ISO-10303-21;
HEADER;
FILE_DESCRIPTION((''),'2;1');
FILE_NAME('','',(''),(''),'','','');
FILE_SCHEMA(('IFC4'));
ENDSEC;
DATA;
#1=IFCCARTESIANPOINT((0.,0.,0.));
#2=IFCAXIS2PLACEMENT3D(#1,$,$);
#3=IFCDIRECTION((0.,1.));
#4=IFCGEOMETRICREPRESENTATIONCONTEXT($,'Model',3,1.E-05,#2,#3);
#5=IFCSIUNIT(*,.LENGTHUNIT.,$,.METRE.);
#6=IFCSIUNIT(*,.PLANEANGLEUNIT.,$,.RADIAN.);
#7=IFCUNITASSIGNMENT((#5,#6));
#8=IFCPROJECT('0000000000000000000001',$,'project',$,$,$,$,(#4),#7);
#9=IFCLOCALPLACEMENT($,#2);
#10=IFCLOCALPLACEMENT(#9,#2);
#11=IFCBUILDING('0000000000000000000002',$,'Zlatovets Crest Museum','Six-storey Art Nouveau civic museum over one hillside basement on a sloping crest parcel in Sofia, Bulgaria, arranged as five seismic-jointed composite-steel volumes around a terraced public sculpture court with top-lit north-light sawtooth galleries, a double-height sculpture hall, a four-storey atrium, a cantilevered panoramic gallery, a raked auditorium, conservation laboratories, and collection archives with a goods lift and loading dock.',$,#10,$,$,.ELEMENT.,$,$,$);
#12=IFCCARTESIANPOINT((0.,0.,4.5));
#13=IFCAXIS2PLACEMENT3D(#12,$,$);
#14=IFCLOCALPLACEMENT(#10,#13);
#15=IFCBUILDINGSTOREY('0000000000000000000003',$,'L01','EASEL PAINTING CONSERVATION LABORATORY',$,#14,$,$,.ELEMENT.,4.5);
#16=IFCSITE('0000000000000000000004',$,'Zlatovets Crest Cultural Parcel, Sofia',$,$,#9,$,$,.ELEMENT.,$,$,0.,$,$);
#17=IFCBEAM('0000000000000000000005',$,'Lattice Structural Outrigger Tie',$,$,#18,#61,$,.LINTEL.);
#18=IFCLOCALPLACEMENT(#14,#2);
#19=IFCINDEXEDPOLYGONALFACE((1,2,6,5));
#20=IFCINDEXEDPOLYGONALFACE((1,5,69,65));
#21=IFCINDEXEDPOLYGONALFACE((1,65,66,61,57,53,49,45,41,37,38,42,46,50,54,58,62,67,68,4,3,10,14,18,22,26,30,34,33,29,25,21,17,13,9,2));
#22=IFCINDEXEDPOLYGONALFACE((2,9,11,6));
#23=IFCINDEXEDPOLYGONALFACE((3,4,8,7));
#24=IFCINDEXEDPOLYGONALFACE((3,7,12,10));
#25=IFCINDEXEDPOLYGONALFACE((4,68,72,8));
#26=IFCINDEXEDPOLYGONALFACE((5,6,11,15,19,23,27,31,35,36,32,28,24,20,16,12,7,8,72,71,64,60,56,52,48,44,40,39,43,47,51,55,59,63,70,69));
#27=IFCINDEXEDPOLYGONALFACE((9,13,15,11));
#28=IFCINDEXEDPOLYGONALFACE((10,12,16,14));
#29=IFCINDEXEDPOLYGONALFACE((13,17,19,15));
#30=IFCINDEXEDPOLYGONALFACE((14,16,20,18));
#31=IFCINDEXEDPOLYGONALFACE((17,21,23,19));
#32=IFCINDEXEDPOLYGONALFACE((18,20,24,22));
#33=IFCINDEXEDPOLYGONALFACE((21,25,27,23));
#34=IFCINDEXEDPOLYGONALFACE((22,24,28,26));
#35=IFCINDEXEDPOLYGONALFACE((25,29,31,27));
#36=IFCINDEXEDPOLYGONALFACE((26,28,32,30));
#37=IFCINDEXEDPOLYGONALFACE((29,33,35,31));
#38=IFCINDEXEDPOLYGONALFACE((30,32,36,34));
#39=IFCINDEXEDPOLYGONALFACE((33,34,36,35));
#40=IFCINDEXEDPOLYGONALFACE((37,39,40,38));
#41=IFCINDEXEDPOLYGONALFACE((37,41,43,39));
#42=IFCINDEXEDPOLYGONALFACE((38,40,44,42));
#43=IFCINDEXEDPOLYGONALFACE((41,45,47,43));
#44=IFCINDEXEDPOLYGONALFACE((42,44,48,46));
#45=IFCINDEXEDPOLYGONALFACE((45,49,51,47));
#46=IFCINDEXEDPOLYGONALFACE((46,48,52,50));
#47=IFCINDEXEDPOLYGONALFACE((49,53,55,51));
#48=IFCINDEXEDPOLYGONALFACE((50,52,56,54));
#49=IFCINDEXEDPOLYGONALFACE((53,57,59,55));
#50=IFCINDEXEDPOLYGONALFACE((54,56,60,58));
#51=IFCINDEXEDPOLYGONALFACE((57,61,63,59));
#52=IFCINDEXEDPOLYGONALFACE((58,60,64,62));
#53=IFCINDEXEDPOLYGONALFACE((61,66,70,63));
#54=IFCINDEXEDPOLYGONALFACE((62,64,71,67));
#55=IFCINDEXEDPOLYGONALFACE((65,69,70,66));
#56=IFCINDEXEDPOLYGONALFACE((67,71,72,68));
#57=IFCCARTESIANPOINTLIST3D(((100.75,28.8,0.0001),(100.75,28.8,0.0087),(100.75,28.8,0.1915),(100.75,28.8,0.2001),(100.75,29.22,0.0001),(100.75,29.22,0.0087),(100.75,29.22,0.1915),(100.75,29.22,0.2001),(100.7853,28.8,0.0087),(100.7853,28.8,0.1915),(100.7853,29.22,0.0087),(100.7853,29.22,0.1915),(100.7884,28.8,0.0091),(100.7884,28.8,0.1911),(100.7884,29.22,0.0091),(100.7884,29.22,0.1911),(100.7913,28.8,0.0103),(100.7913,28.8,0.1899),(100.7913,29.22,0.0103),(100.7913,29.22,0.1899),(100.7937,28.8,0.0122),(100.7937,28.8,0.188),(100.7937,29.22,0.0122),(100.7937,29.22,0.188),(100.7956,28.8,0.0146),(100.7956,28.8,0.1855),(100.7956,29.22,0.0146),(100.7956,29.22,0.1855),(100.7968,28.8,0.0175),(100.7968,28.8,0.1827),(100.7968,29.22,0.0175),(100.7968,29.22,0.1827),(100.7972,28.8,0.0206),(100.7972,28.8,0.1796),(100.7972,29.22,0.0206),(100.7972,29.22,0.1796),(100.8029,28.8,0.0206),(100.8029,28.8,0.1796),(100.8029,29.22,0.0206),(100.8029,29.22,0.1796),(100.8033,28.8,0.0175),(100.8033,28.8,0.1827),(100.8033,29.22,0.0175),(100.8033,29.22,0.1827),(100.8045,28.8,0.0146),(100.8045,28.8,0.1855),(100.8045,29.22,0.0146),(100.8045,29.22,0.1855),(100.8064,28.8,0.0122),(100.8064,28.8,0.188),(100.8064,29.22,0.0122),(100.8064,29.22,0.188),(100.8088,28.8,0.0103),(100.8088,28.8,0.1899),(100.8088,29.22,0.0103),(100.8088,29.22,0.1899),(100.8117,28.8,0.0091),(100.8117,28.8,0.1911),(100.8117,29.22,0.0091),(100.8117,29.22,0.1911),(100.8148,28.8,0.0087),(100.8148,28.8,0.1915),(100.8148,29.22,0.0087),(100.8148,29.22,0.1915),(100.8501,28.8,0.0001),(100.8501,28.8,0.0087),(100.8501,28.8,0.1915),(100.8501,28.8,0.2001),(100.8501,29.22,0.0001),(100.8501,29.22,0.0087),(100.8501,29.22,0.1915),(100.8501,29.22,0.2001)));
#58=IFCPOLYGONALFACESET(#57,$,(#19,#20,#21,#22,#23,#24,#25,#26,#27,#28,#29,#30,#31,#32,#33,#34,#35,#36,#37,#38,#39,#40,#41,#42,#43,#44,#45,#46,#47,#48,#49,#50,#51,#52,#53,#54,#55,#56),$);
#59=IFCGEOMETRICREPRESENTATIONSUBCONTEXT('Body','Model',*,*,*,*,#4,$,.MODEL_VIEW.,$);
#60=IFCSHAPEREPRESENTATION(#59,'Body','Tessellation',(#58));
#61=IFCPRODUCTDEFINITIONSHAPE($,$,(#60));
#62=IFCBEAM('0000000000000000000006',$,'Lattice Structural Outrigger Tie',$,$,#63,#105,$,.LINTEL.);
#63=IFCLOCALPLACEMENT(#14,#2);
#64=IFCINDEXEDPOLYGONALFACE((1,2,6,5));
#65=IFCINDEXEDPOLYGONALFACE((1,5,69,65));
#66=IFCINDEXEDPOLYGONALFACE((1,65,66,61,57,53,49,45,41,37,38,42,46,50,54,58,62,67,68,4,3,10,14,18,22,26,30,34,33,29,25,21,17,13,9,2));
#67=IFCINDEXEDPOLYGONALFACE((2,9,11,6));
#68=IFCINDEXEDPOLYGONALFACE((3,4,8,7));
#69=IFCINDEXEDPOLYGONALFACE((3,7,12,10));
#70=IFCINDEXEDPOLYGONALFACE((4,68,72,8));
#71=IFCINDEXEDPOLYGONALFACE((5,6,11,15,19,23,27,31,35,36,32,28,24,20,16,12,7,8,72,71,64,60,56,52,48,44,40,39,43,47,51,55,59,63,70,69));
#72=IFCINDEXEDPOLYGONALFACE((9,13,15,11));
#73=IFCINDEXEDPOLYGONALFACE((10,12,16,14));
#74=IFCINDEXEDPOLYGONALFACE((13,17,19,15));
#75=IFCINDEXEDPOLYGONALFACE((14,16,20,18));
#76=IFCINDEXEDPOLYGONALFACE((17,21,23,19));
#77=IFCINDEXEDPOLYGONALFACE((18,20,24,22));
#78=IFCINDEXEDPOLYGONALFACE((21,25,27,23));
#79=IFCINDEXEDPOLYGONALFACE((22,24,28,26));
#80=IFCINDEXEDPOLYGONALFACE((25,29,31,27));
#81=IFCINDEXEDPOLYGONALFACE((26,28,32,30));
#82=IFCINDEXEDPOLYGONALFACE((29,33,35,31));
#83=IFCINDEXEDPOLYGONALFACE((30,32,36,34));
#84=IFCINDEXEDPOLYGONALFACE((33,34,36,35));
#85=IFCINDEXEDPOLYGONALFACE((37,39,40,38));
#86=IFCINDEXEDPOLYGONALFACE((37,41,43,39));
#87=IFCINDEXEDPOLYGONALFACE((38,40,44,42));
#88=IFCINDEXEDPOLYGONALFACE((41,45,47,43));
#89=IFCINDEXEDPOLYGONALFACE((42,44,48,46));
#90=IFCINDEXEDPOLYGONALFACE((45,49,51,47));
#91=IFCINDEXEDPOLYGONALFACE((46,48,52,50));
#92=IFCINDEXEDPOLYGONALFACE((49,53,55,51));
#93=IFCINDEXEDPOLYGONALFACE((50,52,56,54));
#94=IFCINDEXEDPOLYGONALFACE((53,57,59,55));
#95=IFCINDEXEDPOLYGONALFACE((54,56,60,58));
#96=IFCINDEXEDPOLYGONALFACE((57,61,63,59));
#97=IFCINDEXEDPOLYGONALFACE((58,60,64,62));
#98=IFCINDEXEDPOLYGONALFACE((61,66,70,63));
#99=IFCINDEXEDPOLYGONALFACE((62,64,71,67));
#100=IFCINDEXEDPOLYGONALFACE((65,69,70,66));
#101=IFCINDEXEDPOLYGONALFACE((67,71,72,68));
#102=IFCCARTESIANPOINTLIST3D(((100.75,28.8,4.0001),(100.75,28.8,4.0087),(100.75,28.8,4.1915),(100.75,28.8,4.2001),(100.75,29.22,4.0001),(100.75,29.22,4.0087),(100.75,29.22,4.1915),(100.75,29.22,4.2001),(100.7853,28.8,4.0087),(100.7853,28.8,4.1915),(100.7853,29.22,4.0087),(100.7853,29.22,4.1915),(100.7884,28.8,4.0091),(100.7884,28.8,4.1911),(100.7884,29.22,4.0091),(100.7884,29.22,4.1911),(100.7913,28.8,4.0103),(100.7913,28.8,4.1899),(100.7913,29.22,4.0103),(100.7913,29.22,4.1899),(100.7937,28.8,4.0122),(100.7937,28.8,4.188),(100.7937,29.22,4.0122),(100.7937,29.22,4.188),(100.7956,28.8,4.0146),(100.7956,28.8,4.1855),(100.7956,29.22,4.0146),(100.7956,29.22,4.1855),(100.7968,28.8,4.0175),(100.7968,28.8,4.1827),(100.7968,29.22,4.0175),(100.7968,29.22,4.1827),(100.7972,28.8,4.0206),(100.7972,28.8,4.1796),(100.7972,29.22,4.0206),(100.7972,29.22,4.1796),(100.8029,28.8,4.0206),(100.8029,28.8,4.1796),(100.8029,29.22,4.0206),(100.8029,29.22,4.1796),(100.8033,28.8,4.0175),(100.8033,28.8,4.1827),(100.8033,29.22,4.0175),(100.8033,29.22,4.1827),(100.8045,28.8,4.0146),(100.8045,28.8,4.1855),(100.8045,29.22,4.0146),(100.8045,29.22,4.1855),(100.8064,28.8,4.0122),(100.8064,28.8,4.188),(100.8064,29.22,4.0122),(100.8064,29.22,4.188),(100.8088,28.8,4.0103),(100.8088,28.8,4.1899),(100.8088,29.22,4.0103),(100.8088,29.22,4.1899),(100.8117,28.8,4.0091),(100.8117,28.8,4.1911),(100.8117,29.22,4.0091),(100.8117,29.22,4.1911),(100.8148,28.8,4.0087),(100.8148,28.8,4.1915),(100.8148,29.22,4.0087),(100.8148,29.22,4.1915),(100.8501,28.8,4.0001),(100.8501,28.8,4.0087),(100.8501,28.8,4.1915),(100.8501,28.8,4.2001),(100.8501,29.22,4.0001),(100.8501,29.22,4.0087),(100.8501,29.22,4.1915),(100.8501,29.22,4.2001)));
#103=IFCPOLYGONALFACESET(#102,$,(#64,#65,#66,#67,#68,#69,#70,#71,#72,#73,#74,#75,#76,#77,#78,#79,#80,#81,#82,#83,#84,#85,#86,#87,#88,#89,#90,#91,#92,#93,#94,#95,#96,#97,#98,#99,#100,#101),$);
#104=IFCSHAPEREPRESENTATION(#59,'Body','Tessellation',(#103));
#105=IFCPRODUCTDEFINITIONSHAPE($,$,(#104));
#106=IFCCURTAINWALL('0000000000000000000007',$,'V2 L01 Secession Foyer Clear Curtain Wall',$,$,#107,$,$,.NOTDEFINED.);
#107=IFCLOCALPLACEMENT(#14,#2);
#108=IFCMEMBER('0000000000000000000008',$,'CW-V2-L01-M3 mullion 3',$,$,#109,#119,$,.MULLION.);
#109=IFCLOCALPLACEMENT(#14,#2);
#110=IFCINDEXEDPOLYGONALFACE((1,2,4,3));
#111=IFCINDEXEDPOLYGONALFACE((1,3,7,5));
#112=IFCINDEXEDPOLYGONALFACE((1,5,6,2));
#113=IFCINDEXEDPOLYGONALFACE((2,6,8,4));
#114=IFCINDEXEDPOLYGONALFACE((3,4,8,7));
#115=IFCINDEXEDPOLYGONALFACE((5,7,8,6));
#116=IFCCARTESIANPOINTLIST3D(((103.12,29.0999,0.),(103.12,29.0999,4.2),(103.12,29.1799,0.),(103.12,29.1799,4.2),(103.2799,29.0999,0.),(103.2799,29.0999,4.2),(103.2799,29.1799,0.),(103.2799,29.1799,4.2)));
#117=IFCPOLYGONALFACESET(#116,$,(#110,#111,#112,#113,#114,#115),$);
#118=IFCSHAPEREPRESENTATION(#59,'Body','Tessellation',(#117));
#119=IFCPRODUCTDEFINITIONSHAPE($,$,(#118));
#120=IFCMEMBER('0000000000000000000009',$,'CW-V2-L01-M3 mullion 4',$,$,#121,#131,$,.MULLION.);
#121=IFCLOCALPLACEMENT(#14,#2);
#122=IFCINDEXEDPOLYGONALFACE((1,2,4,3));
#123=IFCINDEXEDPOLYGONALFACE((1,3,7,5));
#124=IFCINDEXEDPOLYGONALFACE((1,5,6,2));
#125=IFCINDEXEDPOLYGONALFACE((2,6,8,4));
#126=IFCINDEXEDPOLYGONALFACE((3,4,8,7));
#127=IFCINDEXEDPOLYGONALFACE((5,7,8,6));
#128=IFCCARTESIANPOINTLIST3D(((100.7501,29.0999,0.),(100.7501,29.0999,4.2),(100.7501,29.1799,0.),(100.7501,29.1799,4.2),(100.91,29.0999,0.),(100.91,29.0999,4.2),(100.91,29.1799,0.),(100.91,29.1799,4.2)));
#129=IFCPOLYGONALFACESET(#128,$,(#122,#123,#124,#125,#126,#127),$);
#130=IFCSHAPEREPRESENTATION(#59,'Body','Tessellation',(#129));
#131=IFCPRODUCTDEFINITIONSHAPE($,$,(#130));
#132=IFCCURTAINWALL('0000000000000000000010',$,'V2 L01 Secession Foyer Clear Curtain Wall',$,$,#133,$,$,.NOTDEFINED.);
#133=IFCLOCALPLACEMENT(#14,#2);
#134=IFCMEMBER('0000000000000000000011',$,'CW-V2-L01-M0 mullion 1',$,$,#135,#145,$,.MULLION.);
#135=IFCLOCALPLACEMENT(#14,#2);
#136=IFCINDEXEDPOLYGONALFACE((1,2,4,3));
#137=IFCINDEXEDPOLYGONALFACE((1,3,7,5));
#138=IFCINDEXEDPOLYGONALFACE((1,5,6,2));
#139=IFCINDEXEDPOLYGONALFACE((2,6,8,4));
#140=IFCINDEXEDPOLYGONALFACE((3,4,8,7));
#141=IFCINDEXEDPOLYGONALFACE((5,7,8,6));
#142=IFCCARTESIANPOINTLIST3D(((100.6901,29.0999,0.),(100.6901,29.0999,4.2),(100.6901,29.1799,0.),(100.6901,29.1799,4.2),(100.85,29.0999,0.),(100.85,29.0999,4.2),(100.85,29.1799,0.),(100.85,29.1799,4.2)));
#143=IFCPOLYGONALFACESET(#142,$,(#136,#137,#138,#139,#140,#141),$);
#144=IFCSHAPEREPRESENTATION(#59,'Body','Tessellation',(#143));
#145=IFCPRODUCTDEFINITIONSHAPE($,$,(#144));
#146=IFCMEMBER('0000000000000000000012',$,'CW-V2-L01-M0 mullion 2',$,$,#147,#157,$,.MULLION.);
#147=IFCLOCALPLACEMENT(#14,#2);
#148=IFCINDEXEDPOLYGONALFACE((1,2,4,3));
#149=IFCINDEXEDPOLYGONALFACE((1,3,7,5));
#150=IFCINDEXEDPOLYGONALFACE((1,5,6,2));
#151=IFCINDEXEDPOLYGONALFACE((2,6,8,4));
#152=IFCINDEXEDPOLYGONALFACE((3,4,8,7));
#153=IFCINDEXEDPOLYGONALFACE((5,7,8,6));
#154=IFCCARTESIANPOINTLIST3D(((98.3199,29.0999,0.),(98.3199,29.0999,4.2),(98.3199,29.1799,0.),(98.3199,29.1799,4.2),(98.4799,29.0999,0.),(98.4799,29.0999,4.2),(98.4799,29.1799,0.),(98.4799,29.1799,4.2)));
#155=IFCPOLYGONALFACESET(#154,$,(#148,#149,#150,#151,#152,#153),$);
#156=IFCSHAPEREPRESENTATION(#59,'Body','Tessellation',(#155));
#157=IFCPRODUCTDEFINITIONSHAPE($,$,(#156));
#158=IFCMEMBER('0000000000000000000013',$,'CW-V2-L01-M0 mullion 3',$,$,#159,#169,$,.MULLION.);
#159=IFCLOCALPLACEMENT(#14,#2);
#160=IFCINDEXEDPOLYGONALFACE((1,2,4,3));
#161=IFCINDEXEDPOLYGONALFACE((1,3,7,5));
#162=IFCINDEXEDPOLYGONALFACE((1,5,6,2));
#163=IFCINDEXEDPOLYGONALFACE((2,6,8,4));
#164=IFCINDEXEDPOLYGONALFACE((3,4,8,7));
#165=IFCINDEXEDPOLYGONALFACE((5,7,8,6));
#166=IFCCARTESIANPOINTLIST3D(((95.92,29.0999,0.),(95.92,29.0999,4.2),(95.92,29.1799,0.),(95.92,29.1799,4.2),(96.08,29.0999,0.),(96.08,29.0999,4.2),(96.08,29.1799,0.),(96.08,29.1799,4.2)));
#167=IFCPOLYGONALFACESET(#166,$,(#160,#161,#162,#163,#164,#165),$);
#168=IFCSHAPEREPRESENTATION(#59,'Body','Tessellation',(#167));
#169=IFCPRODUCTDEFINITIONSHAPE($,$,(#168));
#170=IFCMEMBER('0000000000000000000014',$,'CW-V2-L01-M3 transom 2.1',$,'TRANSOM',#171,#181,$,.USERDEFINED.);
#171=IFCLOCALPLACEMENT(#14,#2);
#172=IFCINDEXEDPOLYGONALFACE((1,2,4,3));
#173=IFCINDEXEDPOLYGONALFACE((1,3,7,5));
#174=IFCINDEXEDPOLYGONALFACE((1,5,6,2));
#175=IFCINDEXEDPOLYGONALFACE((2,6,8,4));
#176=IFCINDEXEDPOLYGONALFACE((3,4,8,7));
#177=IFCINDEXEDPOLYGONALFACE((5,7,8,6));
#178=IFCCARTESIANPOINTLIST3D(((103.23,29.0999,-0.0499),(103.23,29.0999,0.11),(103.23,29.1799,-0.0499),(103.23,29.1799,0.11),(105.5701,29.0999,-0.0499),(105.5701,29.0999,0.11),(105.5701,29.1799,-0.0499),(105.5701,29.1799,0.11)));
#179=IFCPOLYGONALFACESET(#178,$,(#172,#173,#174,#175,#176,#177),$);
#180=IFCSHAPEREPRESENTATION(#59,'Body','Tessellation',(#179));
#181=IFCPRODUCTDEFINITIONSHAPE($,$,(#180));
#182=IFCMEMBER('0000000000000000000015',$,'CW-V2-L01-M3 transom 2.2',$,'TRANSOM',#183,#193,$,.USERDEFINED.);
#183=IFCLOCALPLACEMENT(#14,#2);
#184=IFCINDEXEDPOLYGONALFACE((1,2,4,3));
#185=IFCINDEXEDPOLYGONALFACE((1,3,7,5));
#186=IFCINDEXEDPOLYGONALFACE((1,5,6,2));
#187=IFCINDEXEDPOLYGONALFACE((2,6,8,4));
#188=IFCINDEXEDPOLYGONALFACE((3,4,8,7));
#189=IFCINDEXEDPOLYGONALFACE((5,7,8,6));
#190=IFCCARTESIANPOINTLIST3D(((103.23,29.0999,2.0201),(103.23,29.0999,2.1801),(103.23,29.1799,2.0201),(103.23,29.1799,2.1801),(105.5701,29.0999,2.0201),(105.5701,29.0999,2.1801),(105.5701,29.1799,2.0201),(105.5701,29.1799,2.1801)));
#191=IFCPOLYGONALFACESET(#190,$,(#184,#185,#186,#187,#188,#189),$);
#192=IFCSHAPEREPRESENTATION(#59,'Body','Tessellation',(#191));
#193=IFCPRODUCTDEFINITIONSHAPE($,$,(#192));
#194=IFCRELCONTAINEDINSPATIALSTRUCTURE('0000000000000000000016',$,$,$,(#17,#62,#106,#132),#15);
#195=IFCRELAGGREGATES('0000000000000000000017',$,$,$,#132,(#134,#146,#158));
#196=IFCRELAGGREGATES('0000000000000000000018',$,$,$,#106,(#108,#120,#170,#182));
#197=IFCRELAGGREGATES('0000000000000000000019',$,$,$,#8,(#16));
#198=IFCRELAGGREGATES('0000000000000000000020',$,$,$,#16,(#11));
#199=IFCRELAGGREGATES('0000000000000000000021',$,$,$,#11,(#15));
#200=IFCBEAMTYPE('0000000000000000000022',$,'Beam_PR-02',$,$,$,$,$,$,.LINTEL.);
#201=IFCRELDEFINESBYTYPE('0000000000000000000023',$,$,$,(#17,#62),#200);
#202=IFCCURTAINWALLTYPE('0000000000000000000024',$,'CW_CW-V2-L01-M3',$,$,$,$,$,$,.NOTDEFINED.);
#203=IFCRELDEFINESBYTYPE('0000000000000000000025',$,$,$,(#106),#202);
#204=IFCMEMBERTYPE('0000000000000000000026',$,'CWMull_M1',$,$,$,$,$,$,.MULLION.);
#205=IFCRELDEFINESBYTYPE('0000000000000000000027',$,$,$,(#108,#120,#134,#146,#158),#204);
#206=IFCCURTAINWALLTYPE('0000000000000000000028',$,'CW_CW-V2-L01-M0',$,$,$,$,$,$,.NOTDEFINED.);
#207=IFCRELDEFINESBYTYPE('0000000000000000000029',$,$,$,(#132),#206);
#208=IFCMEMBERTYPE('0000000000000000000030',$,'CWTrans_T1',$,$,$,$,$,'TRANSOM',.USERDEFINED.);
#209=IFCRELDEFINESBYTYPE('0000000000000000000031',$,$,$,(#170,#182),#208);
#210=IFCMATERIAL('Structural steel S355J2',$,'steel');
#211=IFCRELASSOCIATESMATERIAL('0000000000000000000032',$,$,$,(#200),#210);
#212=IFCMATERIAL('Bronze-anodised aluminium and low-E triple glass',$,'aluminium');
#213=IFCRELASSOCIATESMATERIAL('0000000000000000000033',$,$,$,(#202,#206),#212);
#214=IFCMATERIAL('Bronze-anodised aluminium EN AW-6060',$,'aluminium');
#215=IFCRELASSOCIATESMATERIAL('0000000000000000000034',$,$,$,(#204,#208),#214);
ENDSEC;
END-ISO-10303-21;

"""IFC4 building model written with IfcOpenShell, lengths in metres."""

from ifc_helpers import new_model, si_unit, direction, frame, origin, origin_2d, place, context, subcontext, project, spatial, rectangle, i_section, extrude, material, material_profile, profile_set, type_object, element, aggregate, save


model = new_model("IFC4")

# Units and contexts
model_context = context("Model", 3, precision=1e-05, world=origin(), true_north=direction((0.0, 1.0)))
body_context = subcontext(model_context, "Body", "Model", "MODEL_VIEW")
ifc_project = project(units=[si_unit("LENGTHUNIT", "METRE"), si_unit("PLANEANGLEUNIT", "RADIAN")], contexts=[model_context])

# Site, building, storey
site_placement = place(None, origin())
site = spatial("IfcSite", under=ifc_project, at=site_placement, Name="Zlatovets Crest Cultural Parcel, Sofia", CompositionType="ELEMENT", RefElevation=0.0)
building_placement = place(site_placement, origin())
building = spatial("IfcBuilding", under=site, at=building_placement, Name="Zlatovets Crest Museum", Description="Six-storey Art Nouveau civic museum over one hillside basement on a sloping crest parcel in Sofia, Bulgaria, arranged as five seismic-jointed composite-steel volumes around a terraced public sculpture court with top-lit north-light sawtooth galleries, a double-height sculpture hall, a four-storey atrium, a cantilevered panoramic gallery, a raked auditorium, conservation laboratories, and collection archives with a goods lift and loading dock.", CompositionType="ELEMENT")
storey_placement = place(building_placement, frame((0.0, 0.0, 4.5)))
storey = spatial("IfcBuildingStorey", under=building, at=storey_placement, Name="L01", Description="EASEL PAINTING CONSERVATION LABORATORY", CompositionType="ELEMENT", Elevation=4.5)

# Shared definitions
ifc_material_1 = material(Name="Structural steel S355J2", Category="steel")

# Beams
ifc_material_profile_1 = material_profile(ifc_material_1, i_section(OverallWidth=0.1001, OverallDepth=0.2, WebThickness=0.0056, FlangeThickness=0.0085, FilletRadius=0.012, at=origin_2d()), Name="IPE 200")
ifc_profile_set_1 = profile_set([ifc_material_profile_1], Name="Structural steel S355J2")
beam_type_1 = type_object("IfcBeamType", Name="Beam_PR-02", PredefinedType="LINTEL", material=ifc_profile_set_1)
for number, where, z_axis, x_axis, name in (
    (1, (100.8, 28.8, 0.1001), (0.0, 1.0, 0.0), (-1.0, 0.0, 0.0), "Lattice Structural Outrigger Tie"),
    (2, (100.8, 28.8, 4.1001), (0.0, 1.0, 0.0), (-1.0, 0.0, 0.0), "Lattice Structural Outrigger Tie"),
):
    element("IfcBeam", number, at=place(storey_placement, frame(where, z_axis=z_axis, x_axis=x_axis)), inside=storey, type_object=beam_type_1, Name=name, PredefinedType="LINTEL", context=body_context, shape_type="SweptSolid", body=[
        extrude(i_section(OverallWidth=0.1001, OverallDepth=0.2, WebThickness=0.0056, FlangeThickness=0.0085, FilletRadius=0.012, at=origin_2d()), origin(), (0.0, 0.0, 1.0), 0.4199),
    ])

# Curtain walls, members
ifc_material_2 = material(Name="Bronze-anodised aluminium and low-E triple glass", Category="aluminium")
curtain_wall_type_1 = type_object("IfcCurtainWallType", Name="CW_CW-V2-L01-M3", PredefinedType="NOTDEFINED", material=ifc_material_2)
curtain_wall_1_placement = place(storey_placement, origin())
curtain_wall_1 = element("IfcCurtainWall", 3, at=curtain_wall_1_placement, inside=storey, type_object=curtain_wall_type_1, Name="V2 L01 Secession Foyer Clear Curtain Wall", PredefinedType="NOTDEFINED")
ifc_material_3 = material(Name="Bronze-anodised aluminium EN AW-6060", Category="aluminium")
ifc_material_profile_2 = material_profile(ifc_material_3, rectangle(XDim=0.0801, YDim=0.1599, at=origin_2d()), Name="ALU 80x160")
ifc_profile_set_2 = profile_set([ifc_material_profile_2], Name="Bronze-anodised aluminium EN AW-6060")
member_type_1 = type_object("IfcMemberType", Name="CWMull_M1", PredefinedType="MULLION", material=ifc_profile_set_2)
member_1_placement = place(storey_placement, frame((103.2, 29.1399, 0.0), z_axis=(0.0, 0.0, 1.0), x_axis=(0.0, -1.0, 0.0)))
member_1 = element("IfcMember", 4, at=member_1_placement, type_object=member_type_1, Name="CW-V2-L01-M3 mullion 3", PredefinedType="MULLION", context=body_context, shape_type="SweptSolid", body=[
    extrude(rectangle(XDim=0.0801, YDim=0.1599, at=origin_2d()), origin(), (0.0, 0.0, 1.0), 4.2),
])
member_2_placement = place(storey_placement, frame((100.8301, 29.1399, 0.0), z_axis=(0.0, 0.0, 1.0), x_axis=(0.0, -1.0, 0.0)))
member_2 = element("IfcMember", 5, at=member_2_placement, type_object=member_type_1, Name="CW-V2-L01-M3 mullion 4", PredefinedType="MULLION", context=body_context, shape_type="SweptSolid", body=[
    extrude(rectangle(XDim=0.0801, YDim=0.1599, at=origin_2d()), origin(), (0.0, 0.0, 1.0), 4.2),
])
curtain_wall_type_2 = type_object("IfcCurtainWallType", Name="CW_CW-V2-L01-M0", PredefinedType="NOTDEFINED", material=ifc_material_2)
curtain_wall_2_placement = place(storey_placement, origin())
curtain_wall_2 = element("IfcCurtainWall", 6, at=curtain_wall_2_placement, inside=storey, type_object=curtain_wall_type_2, Name="V2 L01 Secession Foyer Clear Curtain Wall", PredefinedType="NOTDEFINED")
member_3_placement = place(storey_placement, frame((100.77, 29.1399, 0.0), z_axis=(0.0, 0.0, 1.0), x_axis=(0.0, -1.0, 0.0)))
member_3 = element("IfcMember", 7, at=member_3_placement, type_object=member_type_1, Name="CW-V2-L01-M0 mullion 1", PredefinedType="MULLION", context=body_context, shape_type="SweptSolid", body=[
    extrude(rectangle(XDim=0.0801, YDim=0.1599, at=origin_2d()), origin(), (0.0, 0.0, 1.0), 4.2),
])
member_4_placement = place(storey_placement, frame((98.3999, 29.1399, 0.0), z_axis=(0.0, 0.0, 1.0), x_axis=(0.0, -1.0, 0.0)))
member_4 = element("IfcMember", 8, at=member_4_placement, type_object=member_type_1, Name="CW-V2-L01-M0 mullion 2", PredefinedType="MULLION", context=body_context, shape_type="SweptSolid", body=[
    extrude(rectangle(XDim=0.0801, YDim=0.1599, at=origin_2d()), origin(), (0.0, 0.0, 1.0), 4.2),
])
member_5_placement = place(storey_placement, frame((96.0, 29.1399, 0.0), z_axis=(0.0, 0.0, 1.0), x_axis=(0.0, -1.0, 0.0)))
member_5 = element("IfcMember", 9, at=member_5_placement, type_object=member_type_1, Name="CW-V2-L01-M0 mullion 3", PredefinedType="MULLION", context=body_context, shape_type="SweptSolid", body=[
    extrude(rectangle(XDim=0.0801, YDim=0.1599, at=origin_2d()), origin(), (0.0, 0.0, 1.0), 4.2),
])

# Members
ifc_material_profile_3 = material_profile(ifc_material_3, rectangle(XDim=0.0801, YDim=0.1599, at=origin_2d()), Name="ALU 80x160")
ifc_profile_set_3 = profile_set([ifc_material_profile_3], Name="Bronze-anodised aluminium EN AW-6060")
member_type_2 = type_object("IfcMemberType", Name="CWTrans_T1", ElementType="TRANSOM", PredefinedType="USERDEFINED", material=ifc_profile_set_3)
member_6_placement = place(storey_placement, frame((105.5701, 29.1399, 0.03), z_axis=(-1.0, 0.0, 0.0), x_axis=(0.0, -1.0, 0.0)))
member_6 = element("IfcMember", 10, at=member_6_placement, type_object=member_type_2, Name="CW-V2-L01-M3 transom 2.1", ObjectType="TRANSOM", PredefinedType="USERDEFINED", context=body_context, shape_type="SweptSolid", body=[
    extrude(rectangle(XDim=0.0801, YDim=0.1599, at=origin_2d()), origin(), (0.0, 0.0, 1.0), 2.3401),
])
member_7_placement = place(storey_placement, frame((105.5701, 29.1399, 2.1001), z_axis=(-1.0, 0.0, 0.0), x_axis=(0.0, -1.0, 0.0)))
member_7 = element("IfcMember", 11, at=member_7_placement, type_object=member_type_2, Name="CW-V2-L01-M3 transom 2.2", ObjectType="TRANSOM", PredefinedType="USERDEFINED", context=body_context, shape_type="SweptSolid", body=[
    extrude(rectangle(XDim=0.0801, YDim=0.1599, at=origin_2d()), origin(), (0.0, 0.0, 1.0), 2.3401),
])

aggregate(curtain_wall_2, [member_3, member_4, member_5])
aggregate(curtain_wall_1, [member_1, member_2, member_6, member_7])

save(model, "model.ifc")
